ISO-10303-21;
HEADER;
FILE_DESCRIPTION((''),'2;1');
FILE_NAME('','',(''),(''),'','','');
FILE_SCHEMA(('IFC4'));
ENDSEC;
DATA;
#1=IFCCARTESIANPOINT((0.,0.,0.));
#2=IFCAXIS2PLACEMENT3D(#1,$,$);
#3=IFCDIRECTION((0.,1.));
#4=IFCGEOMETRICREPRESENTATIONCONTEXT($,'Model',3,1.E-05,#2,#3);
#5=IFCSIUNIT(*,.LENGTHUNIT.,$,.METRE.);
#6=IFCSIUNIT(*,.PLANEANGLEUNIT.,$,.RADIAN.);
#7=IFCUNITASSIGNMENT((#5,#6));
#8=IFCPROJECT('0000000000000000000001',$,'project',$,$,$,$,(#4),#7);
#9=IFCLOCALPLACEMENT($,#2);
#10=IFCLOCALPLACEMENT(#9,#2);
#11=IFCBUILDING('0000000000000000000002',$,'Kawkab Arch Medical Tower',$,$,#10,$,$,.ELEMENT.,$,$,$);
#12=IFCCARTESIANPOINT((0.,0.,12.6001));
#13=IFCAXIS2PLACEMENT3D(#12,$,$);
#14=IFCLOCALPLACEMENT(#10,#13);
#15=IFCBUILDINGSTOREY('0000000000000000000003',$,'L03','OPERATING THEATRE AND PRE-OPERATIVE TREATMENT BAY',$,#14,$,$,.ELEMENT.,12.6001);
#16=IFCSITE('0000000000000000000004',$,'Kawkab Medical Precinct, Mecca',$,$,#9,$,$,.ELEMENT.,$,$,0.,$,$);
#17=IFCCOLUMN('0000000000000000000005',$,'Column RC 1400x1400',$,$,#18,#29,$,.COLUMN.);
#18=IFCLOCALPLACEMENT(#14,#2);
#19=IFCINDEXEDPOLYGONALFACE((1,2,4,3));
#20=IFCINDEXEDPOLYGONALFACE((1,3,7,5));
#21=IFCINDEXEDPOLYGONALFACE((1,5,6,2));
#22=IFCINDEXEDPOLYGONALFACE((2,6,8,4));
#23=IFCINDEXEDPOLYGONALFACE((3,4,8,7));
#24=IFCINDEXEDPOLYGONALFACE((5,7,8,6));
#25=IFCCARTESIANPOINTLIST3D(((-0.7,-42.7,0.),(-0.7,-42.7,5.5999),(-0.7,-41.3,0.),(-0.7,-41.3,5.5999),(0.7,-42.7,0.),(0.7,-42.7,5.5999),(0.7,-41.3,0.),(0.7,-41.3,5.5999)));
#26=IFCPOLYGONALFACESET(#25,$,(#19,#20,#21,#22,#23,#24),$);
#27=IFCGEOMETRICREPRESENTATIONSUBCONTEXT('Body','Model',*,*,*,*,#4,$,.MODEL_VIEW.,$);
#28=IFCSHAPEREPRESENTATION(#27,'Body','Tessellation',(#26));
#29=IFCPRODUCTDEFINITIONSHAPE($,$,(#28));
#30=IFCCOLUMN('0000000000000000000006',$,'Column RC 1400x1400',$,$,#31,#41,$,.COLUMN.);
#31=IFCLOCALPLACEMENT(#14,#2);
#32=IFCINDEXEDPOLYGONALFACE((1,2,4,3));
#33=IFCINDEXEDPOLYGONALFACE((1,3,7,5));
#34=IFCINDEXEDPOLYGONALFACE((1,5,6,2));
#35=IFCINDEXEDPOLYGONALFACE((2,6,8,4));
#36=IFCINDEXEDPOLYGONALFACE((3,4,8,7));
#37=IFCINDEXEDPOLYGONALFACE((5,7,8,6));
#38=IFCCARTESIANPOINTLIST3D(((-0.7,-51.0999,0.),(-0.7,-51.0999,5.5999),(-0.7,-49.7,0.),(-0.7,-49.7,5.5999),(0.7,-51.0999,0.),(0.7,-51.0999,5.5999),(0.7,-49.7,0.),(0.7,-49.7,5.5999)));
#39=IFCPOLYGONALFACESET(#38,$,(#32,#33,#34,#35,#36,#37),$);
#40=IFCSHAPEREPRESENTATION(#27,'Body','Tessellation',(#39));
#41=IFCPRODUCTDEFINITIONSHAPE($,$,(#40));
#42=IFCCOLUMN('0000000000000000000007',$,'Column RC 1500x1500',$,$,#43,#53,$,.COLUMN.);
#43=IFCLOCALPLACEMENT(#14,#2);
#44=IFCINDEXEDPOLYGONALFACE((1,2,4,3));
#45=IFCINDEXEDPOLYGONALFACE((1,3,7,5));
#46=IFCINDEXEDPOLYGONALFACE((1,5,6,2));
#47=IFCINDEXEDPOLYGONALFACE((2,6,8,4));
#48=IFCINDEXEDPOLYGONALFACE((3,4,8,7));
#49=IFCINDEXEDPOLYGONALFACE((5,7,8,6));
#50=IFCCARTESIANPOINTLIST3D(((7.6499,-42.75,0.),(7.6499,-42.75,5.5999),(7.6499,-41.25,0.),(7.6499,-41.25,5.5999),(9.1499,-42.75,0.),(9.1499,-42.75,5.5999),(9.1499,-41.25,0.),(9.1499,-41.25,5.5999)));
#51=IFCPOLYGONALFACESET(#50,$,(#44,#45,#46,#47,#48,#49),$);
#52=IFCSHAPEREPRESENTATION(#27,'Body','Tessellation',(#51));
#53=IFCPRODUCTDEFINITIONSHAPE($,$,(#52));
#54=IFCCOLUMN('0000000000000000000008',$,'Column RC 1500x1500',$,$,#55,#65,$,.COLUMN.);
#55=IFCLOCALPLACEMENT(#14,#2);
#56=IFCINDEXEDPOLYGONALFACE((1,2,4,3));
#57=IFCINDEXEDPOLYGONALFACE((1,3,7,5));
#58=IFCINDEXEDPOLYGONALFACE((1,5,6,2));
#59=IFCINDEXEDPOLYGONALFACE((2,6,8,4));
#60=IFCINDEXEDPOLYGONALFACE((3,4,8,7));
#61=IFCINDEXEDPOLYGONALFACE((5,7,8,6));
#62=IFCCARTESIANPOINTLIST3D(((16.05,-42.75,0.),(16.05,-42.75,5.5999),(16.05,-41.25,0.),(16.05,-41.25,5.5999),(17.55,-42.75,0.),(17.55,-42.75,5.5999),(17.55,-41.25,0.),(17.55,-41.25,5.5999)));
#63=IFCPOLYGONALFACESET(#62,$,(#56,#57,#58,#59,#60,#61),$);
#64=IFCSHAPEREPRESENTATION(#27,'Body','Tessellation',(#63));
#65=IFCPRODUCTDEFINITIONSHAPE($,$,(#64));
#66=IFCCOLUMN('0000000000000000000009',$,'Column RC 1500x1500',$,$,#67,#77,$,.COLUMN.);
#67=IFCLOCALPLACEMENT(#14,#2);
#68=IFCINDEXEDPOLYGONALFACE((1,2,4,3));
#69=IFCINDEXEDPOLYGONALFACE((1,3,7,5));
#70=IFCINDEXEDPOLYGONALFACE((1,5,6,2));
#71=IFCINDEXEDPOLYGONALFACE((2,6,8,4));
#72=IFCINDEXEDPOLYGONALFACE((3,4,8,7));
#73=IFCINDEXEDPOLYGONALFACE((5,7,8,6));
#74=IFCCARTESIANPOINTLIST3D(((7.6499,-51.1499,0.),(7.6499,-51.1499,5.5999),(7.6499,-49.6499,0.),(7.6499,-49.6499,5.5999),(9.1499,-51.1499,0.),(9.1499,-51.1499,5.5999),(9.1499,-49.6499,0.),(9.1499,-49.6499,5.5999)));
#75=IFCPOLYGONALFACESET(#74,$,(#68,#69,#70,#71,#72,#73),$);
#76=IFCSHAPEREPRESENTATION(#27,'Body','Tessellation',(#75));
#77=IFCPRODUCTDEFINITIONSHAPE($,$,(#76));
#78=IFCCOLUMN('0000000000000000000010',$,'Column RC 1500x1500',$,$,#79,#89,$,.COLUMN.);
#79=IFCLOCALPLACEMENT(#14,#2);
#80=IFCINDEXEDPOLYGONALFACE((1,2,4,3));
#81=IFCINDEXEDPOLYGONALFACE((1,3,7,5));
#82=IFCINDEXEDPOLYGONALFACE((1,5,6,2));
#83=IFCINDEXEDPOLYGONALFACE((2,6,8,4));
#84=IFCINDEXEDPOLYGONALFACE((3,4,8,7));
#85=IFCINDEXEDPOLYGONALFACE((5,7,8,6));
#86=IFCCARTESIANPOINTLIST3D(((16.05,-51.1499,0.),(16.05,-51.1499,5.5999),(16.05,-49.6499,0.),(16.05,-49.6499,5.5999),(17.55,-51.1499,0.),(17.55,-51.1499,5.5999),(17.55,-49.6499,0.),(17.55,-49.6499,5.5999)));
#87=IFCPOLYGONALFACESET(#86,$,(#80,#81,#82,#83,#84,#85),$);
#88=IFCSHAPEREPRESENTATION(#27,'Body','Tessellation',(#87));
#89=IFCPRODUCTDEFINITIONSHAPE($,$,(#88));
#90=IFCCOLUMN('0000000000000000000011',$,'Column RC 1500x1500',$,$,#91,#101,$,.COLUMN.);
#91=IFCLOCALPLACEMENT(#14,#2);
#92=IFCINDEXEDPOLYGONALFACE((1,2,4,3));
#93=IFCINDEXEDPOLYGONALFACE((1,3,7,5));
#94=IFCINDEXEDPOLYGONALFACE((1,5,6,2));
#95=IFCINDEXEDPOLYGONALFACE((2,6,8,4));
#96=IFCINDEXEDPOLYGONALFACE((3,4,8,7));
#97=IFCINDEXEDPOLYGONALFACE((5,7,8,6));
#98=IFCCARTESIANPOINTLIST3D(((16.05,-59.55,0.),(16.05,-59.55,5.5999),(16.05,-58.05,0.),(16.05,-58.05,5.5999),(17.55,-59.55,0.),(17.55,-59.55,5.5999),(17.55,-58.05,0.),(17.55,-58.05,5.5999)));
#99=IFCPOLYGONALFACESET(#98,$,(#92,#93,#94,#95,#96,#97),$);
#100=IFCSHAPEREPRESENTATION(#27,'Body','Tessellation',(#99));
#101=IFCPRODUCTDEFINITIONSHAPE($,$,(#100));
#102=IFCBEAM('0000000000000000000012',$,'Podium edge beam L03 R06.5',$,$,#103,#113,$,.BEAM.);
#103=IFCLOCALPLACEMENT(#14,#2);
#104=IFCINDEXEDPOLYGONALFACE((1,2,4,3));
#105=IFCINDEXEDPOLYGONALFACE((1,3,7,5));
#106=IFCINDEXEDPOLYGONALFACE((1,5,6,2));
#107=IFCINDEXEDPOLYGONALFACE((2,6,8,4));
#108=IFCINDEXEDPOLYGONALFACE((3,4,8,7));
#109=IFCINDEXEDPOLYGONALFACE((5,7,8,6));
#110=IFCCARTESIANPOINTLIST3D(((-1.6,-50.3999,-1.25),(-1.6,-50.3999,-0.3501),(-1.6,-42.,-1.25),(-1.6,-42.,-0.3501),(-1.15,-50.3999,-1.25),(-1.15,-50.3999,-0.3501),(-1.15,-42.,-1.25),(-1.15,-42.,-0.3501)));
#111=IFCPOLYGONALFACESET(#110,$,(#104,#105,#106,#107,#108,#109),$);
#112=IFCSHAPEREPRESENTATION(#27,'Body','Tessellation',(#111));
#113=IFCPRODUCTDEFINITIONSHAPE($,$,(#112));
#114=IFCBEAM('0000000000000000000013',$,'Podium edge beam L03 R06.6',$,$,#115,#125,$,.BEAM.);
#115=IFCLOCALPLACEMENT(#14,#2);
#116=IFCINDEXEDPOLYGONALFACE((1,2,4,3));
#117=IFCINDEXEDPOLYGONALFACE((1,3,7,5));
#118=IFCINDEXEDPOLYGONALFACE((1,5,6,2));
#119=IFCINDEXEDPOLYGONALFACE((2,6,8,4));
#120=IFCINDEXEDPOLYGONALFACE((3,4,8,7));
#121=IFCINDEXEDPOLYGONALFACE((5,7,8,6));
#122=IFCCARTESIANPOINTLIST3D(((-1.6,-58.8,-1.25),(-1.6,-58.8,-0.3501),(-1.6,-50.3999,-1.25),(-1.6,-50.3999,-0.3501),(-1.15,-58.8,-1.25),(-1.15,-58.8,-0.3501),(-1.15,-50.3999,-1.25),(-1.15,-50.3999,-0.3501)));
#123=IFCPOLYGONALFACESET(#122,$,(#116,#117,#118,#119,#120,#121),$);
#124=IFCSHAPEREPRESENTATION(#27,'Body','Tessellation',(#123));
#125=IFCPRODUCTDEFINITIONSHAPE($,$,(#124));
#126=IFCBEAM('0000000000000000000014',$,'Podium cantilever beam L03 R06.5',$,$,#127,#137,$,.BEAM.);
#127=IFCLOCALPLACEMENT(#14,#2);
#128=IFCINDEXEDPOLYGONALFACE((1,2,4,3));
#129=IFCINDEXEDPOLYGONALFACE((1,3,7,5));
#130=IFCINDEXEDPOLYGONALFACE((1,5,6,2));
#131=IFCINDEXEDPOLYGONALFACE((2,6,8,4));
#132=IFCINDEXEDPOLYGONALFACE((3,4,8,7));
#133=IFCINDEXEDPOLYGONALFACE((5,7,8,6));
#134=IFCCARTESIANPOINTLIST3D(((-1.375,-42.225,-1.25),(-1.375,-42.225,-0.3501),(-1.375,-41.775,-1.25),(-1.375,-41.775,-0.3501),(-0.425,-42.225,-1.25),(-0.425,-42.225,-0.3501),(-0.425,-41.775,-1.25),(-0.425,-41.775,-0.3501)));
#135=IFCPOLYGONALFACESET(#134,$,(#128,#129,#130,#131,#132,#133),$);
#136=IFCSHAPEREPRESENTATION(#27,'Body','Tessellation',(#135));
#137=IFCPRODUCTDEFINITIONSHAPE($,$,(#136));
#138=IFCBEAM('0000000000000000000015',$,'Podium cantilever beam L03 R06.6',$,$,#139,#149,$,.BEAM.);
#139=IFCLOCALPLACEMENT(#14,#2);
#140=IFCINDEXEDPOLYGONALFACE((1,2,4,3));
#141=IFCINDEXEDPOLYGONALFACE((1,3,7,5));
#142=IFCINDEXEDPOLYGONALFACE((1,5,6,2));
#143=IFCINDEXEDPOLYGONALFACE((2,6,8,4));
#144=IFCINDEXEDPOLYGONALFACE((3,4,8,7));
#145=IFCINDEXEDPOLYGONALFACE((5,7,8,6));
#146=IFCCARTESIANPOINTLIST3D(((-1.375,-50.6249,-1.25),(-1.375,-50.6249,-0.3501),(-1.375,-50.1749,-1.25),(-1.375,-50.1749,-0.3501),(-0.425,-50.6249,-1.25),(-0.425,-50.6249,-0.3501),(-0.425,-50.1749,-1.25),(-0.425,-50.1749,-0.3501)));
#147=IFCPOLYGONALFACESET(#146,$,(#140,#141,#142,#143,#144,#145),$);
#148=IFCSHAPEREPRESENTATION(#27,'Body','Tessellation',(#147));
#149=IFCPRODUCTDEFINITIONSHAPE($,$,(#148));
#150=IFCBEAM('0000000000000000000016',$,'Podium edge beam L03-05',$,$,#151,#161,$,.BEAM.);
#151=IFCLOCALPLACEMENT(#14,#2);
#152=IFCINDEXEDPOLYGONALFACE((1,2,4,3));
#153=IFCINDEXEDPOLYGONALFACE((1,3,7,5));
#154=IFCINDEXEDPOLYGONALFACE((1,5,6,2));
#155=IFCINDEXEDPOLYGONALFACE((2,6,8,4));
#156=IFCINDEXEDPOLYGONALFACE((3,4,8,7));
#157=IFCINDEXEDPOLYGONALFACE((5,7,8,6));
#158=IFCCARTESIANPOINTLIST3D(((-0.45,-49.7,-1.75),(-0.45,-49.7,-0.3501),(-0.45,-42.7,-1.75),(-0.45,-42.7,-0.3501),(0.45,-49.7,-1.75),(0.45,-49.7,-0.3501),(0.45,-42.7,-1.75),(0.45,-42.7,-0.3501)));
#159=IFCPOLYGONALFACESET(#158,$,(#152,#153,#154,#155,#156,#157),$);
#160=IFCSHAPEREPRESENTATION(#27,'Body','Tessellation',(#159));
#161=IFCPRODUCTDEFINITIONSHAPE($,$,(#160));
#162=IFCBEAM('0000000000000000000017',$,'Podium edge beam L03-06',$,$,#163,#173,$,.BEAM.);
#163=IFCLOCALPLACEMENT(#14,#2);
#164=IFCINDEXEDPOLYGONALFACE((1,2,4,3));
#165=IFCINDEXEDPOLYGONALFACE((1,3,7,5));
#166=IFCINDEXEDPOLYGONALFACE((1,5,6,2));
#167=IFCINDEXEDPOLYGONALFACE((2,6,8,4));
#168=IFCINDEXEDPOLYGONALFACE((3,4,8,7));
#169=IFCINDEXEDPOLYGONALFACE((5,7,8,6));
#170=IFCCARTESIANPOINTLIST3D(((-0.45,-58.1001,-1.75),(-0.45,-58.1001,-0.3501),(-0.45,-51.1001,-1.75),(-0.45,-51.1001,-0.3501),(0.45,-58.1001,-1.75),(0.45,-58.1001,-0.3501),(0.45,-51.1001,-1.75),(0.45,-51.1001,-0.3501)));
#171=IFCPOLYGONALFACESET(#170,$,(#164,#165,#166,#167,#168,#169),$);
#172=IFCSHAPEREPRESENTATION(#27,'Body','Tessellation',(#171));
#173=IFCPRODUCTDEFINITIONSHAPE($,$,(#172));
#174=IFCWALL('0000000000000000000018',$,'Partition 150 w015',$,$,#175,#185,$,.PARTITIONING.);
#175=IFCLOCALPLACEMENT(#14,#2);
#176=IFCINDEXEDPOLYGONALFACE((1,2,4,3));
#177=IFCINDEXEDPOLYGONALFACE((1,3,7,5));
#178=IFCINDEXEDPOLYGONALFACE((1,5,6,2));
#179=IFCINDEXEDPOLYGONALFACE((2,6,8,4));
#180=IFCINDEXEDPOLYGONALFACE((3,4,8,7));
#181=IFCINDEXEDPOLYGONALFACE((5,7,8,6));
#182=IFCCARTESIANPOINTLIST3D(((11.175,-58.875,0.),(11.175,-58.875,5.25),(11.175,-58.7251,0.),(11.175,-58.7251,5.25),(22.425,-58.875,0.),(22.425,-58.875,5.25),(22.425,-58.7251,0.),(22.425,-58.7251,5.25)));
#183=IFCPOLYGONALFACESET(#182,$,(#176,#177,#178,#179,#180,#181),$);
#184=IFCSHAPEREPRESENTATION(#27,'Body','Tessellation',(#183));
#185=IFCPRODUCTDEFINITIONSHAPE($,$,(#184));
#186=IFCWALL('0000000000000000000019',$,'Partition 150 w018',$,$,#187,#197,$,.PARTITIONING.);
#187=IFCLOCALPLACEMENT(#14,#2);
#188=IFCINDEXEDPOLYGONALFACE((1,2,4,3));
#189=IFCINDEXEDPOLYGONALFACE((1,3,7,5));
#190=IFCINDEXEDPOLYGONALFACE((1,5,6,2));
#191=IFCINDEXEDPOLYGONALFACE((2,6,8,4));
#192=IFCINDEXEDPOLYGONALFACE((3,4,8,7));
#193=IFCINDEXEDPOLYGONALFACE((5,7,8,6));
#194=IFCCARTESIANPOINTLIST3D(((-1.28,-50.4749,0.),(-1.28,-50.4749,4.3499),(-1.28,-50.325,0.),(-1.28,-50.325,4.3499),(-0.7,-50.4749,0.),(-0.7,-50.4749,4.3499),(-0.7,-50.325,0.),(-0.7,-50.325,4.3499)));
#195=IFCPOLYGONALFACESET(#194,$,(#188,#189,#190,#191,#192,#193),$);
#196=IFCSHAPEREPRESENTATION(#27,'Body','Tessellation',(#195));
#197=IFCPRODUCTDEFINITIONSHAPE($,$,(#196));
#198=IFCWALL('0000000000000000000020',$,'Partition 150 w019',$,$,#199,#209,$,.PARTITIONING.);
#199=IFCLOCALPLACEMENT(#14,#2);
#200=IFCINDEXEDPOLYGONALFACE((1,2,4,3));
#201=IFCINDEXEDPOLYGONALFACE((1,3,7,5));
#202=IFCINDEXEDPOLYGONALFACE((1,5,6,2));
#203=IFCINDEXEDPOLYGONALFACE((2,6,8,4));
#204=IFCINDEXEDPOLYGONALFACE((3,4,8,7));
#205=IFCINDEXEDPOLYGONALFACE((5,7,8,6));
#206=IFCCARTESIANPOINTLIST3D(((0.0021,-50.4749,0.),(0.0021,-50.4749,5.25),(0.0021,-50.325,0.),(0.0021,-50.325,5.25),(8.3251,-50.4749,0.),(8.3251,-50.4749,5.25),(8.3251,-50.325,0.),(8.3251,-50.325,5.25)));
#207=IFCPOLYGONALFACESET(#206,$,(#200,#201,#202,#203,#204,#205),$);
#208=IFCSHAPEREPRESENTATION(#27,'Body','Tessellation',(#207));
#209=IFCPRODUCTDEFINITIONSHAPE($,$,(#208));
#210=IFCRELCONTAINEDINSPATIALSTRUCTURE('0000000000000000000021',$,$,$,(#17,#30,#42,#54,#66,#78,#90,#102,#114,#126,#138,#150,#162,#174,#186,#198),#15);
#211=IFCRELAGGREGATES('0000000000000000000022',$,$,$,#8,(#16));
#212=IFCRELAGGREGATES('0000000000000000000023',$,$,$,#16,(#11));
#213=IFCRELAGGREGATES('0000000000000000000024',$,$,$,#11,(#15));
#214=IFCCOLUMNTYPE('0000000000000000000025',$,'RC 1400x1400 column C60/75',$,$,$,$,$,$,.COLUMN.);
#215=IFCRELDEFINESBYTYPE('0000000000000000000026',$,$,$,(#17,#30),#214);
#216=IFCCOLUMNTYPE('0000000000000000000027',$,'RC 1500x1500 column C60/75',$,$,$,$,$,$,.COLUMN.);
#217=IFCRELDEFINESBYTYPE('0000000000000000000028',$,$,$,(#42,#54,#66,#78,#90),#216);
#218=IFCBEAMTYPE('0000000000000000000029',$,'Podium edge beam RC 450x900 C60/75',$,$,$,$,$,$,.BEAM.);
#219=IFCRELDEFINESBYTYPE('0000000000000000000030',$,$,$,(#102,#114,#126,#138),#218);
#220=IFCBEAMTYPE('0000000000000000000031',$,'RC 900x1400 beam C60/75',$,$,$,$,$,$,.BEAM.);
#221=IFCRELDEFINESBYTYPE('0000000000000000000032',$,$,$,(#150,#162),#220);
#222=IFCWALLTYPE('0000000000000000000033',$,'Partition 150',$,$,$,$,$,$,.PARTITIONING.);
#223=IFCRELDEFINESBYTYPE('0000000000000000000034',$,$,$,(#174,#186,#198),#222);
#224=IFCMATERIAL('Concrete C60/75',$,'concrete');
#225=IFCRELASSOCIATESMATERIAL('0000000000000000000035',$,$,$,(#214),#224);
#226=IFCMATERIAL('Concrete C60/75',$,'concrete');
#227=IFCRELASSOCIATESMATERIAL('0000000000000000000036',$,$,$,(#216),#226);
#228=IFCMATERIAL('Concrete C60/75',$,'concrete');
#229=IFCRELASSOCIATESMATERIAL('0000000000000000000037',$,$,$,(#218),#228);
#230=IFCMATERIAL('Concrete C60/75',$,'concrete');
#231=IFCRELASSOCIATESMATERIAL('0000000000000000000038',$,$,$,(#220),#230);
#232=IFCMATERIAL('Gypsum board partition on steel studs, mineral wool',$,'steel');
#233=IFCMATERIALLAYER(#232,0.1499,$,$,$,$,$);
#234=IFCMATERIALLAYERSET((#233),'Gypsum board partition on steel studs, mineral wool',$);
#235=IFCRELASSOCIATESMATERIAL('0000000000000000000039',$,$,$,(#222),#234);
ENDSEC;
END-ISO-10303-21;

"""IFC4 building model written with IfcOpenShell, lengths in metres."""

from ifc_helpers import new_model, si_unit, direction, frame, frame_2d, origin, origin_2d, place, context, subcontext, project, spatial, rectangle, extrude, material, layer, layer_set, material_profile, profile_set, type_object, element, save


model = new_model("IFC4")

# Units and contexts
model_context = context("Model", 3, precision=1e-05, world=origin(), true_north=direction((0.0, 1.0)))
body_context = subcontext(model_context, "Body", "Model", "MODEL_VIEW")
ifc_project = project(units=[si_unit("LENGTHUNIT", "METRE"), si_unit("PLANEANGLEUNIT", "RADIAN")], contexts=[model_context])

# Site, building, storey
site_placement = place(None, origin())
site = spatial("IfcSite", under=ifc_project, at=site_placement, Name="Kawkab Medical Precinct, Mecca", CompositionType="ELEMENT", RefElevation=0.0)
building_placement = place(site_placement, origin())
building = spatial("IfcBuilding", under=site, at=building_placement, Name="Kawkab Arch Medical Tower", CompositionType="ELEMENT")
storey_placement = place(building_placement, frame((0.0, 0.0, 12.6001)))
storey = spatial("IfcBuildingStorey", under=building, at=storey_placement, Name="L03", Description="OPERATING THEATRE AND PRE-OPERATIVE TREATMENT BAY", CompositionType="ELEMENT", Elevation=12.6001)

# Columns
ifc_material_1 = material(Name="Concrete C60/75", Category="concrete")
ifc_material_profile_1 = material_profile(ifc_material_1, rectangle(XDim=1.3999, YDim=1.3999, at=origin_2d()), Name="RC 1400x1400")
ifc_profile_set_1 = profile_set([ifc_material_profile_1], Name="Concrete C60/75")
column_type_1 = type_object("IfcColumnType", Name="RC 1400x1400 column C60/75", PredefinedType="COLUMN", material=ifc_profile_set_1)
for number, where, z_axis, x_axis, name in (
    (1, (0.0, -42.0, 0.0), (0.0, 0.0, 1.0), (1.0, 0.0, 0.0), "Column RC 1400x1400"),
    (2, (0.0, -50.3999, 0.0), (0.0, 0.0, 1.0), (1.0, 0.0, 0.0), "Column RC 1400x1400"),
):
    element("IfcColumn", number, at=place(storey_placement, frame(where, z_axis=z_axis, x_axis=x_axis)), inside=storey, type_object=column_type_1, Name=name, PredefinedType="COLUMN", context=body_context, shape_type="SweptSolid", body=[
        extrude(rectangle(XDim=1.3999, YDim=1.3999, at=origin_2d()), origin(), (0.0, 0.0, 1.0), 5.5999),
    ])
ifc_material_2 = material(Name="Concrete C60/75", Category="concrete")
ifc_material_profile_2 = material_profile(ifc_material_2, rectangle(XDim=1.5, YDim=1.5, at=origin_2d()), Name="RC 1500x1500")
ifc_profile_set_2 = profile_set([ifc_material_profile_2], Name="Concrete C60/75")
column_type_2 = type_object("IfcColumnType", Name="RC 1500x1500 column C60/75", PredefinedType="COLUMN", material=ifc_profile_set_2)
for number, where, z_axis, x_axis, name in (
    (3, (8.3999, -42.0, 0.0), (0.0, 0.0, 1.0), (1.0, 0.0, 0.0), "Column RC 1500x1500"),
    (4, (16.8, -42.0, 0.0), (0.0, 0.0, 1.0), (1.0, 0.0, 0.0), "Column RC 1500x1500"),
    (5, (8.3999, -50.3999, 0.0), (0.0, 0.0, 1.0), (1.0, 0.0, 0.0), "Column RC 1500x1500"),
    (6, (16.8, -50.3999, 0.0), (0.0, 0.0, 1.0), (1.0, 0.0, 0.0), "Column RC 1500x1500"),
    (7, (16.8, -58.8, 0.0), (0.0, 0.0, 1.0), (1.0, 0.0, 0.0), "Column RC 1500x1500"),
):
    element("IfcColumn", number, at=place(storey_placement, frame(where, z_axis=z_axis, x_axis=x_axis)), inside=storey, type_object=column_type_2, Name=name, PredefinedType="COLUMN", context=body_context, shape_type="SweptSolid", body=[
        extrude(rectangle(XDim=1.5, YDim=1.5, at=origin_2d()), origin(), (0.0, 0.0, 1.0), 5.5999),
    ])

# Beams
ifc_material_3 = material(Name="Concrete C60/75", Category="concrete")
ifc_material_profile_3 = material_profile(ifc_material_3, rectangle(XDim=0.45, YDim=0.8999, at=origin_2d()), Name="RC 450x900")
ifc_profile_set_3 = profile_set([ifc_material_profile_3], Name="Concrete C60/75")
beam_type_1 = type_object("IfcBeamType", Name="Podium edge beam RC 450x900 C60/75", PredefinedType="BEAM", material=ifc_profile_set_3)
beam_1_placement = place(storey_placement, frame((-1.375, -42.0, -0.8), z_axis=(0.0, -1.0, 0.0), x_axis=(1.0, 0.0, 0.0)))
element("IfcBeam", 8, at=beam_1_placement, inside=storey, type_object=beam_type_1, Name="Podium edge beam L03 R06.5", PredefinedType="BEAM", context=body_context, shape_type="SweptSolid", body=[
    extrude(rectangle(XDim=0.45, YDim=0.8999, at=origin_2d()), origin(), (0.0, 0.0, 1.0), 8.3999),
])
beam_2_placement = place(storey_placement, frame((-1.375, -50.3999, -0.8), z_axis=(0.0, -1.0, 0.0), x_axis=(1.0, 0.0, 0.0)))
element("IfcBeam", 9, at=beam_2_placement, inside=storey, type_object=beam_type_1, Name="Podium edge beam L03 R06.6", PredefinedType="BEAM", context=body_context, shape_type="SweptSolid", body=[
    extrude(rectangle(XDim=0.45, YDim=0.8999, at=origin_2d()), origin(), (0.0, 0.0, 1.0), 8.4001),
])
for number, where, z_axis, x_axis, name in (
    (10, (-0.425, -42.0, -0.8), (-1.0, 0.0, 0.0), (0.0, -1.0, 0.0), "Podium cantilever beam L03 R06.5"),
    (11, (-0.425, -50.3999, -0.8), (-1.0, 0.0, 0.0), (0.0, -1.0, 0.0), "Podium cantilever beam L03 R06.6"),
):
    element("IfcBeam", number, at=place(storey_placement, frame(where, z_axis=z_axis, x_axis=x_axis)), inside=storey, type_object=beam_type_1, Name=name, PredefinedType="BEAM", context=body_context, shape_type="SweptSolid", body=[
        extrude(rectangle(XDim=0.45, YDim=0.8999, at=origin_2d()), origin(), (0.0, 0.0, 1.0), 0.95),
    ])
ifc_material_4 = material(Name="Concrete C60/75", Category="concrete")
ifc_material_profile_4 = material_profile(ifc_material_4, rectangle(XDim=0.8999, YDim=1.3999, at=origin_2d()), Name="RC 900x1400")
ifc_profile_set_4 = profile_set([ifc_material_profile_4], Name="Concrete C60/75")
beam_type_2 = type_object("IfcBeamType", Name="RC 900x1400 beam C60/75", PredefinedType="BEAM", material=ifc_profile_set_4)
for number, where, z_axis, x_axis, name in (
    (12, (0.0, -42.7, -1.05), (0.0, -1.0, 0.0), (1.0, 0.0, 0.0), "Podium edge beam L03-05"),
    (13, (0.0, -51.1001, -1.05), (0.0, -1.0, 0.0), (1.0, 0.0, 0.0), "Podium edge beam L03-06"),
):
    element("IfcBeam", number, at=place(storey_placement, frame(where, z_axis=z_axis, x_axis=x_axis)), inside=storey, type_object=beam_type_2, Name=name, PredefinedType="BEAM", context=body_context, shape_type="SweptSolid", body=[
        extrude(rectangle(XDim=0.8999, YDim=1.3999, at=origin_2d()), origin(), (0.0, 0.0, 1.0), 7.0),
    ])

# Walls
ifc_material_5 = material(Name="Gypsum board partition on steel studs, mineral wool", Category="steel")
ifc_layer_1 = layer(ifc_material_5, 0.1499)
ifc_layer_set_1 = layer_set([ifc_layer_1], Name="Gypsum board partition on steel studs, mineral wool")
wall_type_1 = type_object("IfcWallType", Name="Partition 150", PredefinedType="PARTITIONING", material=ifc_layer_set_1)
wall_1_placement = place(storey_placement, frame((11.175, -58.8, 0.0), z_axis=(0.0, 0.0, 1.0), x_axis=(1.0, 0.0, 0.0)))
element("IfcWall", 14, at=wall_1_placement, inside=storey, type_object=wall_type_1, Name="Partition 150 w015", PredefinedType="PARTITIONING", context=body_context, shape_type="SweptSolid", body=[
    extrude(rectangle(XDim=11.25, YDim=0.1499, at=frame_2d((5.625, 0.0))), origin(), (0.0, 0.0, 1.0), 5.25),
])
wall_2_placement = place(storey_placement, frame((-1.28, -50.3999, 0.0), z_axis=(0.0, 0.0, 1.0), x_axis=(1.0, 0.0, 0.0)))
element("IfcWall", 15, at=wall_2_placement, inside=storey, type_object=wall_type_1, Name="Partition 150 w018", PredefinedType="PARTITIONING", context=body_context, shape_type="SweptSolid", body=[
    extrude(rectangle(XDim=0.5801, YDim=0.1499, at=frame_2d((0.29, 0.0))), origin(), (0.0, 0.0, 1.0), 4.3499),
])
wall_3_placement = place(storey_placement, frame((0.002, -50.3999, 0.0), z_axis=(0.0, 0.0, 1.0), x_axis=(1.0, 0.0, 0.0)))
element("IfcWall", 16, at=wall_3_placement, inside=storey, type_object=wall_type_1, Name="Partition 150 w019", PredefinedType="PARTITIONING", context=body_context, shape_type="SweptSolid", body=[
    extrude(rectangle(XDim=8.323, YDim=0.1499, at=frame_2d((4.1616, 0.0))), origin(), (0.0, 0.0, 1.0), 5.25),
])

save(model, "model.ifc")
